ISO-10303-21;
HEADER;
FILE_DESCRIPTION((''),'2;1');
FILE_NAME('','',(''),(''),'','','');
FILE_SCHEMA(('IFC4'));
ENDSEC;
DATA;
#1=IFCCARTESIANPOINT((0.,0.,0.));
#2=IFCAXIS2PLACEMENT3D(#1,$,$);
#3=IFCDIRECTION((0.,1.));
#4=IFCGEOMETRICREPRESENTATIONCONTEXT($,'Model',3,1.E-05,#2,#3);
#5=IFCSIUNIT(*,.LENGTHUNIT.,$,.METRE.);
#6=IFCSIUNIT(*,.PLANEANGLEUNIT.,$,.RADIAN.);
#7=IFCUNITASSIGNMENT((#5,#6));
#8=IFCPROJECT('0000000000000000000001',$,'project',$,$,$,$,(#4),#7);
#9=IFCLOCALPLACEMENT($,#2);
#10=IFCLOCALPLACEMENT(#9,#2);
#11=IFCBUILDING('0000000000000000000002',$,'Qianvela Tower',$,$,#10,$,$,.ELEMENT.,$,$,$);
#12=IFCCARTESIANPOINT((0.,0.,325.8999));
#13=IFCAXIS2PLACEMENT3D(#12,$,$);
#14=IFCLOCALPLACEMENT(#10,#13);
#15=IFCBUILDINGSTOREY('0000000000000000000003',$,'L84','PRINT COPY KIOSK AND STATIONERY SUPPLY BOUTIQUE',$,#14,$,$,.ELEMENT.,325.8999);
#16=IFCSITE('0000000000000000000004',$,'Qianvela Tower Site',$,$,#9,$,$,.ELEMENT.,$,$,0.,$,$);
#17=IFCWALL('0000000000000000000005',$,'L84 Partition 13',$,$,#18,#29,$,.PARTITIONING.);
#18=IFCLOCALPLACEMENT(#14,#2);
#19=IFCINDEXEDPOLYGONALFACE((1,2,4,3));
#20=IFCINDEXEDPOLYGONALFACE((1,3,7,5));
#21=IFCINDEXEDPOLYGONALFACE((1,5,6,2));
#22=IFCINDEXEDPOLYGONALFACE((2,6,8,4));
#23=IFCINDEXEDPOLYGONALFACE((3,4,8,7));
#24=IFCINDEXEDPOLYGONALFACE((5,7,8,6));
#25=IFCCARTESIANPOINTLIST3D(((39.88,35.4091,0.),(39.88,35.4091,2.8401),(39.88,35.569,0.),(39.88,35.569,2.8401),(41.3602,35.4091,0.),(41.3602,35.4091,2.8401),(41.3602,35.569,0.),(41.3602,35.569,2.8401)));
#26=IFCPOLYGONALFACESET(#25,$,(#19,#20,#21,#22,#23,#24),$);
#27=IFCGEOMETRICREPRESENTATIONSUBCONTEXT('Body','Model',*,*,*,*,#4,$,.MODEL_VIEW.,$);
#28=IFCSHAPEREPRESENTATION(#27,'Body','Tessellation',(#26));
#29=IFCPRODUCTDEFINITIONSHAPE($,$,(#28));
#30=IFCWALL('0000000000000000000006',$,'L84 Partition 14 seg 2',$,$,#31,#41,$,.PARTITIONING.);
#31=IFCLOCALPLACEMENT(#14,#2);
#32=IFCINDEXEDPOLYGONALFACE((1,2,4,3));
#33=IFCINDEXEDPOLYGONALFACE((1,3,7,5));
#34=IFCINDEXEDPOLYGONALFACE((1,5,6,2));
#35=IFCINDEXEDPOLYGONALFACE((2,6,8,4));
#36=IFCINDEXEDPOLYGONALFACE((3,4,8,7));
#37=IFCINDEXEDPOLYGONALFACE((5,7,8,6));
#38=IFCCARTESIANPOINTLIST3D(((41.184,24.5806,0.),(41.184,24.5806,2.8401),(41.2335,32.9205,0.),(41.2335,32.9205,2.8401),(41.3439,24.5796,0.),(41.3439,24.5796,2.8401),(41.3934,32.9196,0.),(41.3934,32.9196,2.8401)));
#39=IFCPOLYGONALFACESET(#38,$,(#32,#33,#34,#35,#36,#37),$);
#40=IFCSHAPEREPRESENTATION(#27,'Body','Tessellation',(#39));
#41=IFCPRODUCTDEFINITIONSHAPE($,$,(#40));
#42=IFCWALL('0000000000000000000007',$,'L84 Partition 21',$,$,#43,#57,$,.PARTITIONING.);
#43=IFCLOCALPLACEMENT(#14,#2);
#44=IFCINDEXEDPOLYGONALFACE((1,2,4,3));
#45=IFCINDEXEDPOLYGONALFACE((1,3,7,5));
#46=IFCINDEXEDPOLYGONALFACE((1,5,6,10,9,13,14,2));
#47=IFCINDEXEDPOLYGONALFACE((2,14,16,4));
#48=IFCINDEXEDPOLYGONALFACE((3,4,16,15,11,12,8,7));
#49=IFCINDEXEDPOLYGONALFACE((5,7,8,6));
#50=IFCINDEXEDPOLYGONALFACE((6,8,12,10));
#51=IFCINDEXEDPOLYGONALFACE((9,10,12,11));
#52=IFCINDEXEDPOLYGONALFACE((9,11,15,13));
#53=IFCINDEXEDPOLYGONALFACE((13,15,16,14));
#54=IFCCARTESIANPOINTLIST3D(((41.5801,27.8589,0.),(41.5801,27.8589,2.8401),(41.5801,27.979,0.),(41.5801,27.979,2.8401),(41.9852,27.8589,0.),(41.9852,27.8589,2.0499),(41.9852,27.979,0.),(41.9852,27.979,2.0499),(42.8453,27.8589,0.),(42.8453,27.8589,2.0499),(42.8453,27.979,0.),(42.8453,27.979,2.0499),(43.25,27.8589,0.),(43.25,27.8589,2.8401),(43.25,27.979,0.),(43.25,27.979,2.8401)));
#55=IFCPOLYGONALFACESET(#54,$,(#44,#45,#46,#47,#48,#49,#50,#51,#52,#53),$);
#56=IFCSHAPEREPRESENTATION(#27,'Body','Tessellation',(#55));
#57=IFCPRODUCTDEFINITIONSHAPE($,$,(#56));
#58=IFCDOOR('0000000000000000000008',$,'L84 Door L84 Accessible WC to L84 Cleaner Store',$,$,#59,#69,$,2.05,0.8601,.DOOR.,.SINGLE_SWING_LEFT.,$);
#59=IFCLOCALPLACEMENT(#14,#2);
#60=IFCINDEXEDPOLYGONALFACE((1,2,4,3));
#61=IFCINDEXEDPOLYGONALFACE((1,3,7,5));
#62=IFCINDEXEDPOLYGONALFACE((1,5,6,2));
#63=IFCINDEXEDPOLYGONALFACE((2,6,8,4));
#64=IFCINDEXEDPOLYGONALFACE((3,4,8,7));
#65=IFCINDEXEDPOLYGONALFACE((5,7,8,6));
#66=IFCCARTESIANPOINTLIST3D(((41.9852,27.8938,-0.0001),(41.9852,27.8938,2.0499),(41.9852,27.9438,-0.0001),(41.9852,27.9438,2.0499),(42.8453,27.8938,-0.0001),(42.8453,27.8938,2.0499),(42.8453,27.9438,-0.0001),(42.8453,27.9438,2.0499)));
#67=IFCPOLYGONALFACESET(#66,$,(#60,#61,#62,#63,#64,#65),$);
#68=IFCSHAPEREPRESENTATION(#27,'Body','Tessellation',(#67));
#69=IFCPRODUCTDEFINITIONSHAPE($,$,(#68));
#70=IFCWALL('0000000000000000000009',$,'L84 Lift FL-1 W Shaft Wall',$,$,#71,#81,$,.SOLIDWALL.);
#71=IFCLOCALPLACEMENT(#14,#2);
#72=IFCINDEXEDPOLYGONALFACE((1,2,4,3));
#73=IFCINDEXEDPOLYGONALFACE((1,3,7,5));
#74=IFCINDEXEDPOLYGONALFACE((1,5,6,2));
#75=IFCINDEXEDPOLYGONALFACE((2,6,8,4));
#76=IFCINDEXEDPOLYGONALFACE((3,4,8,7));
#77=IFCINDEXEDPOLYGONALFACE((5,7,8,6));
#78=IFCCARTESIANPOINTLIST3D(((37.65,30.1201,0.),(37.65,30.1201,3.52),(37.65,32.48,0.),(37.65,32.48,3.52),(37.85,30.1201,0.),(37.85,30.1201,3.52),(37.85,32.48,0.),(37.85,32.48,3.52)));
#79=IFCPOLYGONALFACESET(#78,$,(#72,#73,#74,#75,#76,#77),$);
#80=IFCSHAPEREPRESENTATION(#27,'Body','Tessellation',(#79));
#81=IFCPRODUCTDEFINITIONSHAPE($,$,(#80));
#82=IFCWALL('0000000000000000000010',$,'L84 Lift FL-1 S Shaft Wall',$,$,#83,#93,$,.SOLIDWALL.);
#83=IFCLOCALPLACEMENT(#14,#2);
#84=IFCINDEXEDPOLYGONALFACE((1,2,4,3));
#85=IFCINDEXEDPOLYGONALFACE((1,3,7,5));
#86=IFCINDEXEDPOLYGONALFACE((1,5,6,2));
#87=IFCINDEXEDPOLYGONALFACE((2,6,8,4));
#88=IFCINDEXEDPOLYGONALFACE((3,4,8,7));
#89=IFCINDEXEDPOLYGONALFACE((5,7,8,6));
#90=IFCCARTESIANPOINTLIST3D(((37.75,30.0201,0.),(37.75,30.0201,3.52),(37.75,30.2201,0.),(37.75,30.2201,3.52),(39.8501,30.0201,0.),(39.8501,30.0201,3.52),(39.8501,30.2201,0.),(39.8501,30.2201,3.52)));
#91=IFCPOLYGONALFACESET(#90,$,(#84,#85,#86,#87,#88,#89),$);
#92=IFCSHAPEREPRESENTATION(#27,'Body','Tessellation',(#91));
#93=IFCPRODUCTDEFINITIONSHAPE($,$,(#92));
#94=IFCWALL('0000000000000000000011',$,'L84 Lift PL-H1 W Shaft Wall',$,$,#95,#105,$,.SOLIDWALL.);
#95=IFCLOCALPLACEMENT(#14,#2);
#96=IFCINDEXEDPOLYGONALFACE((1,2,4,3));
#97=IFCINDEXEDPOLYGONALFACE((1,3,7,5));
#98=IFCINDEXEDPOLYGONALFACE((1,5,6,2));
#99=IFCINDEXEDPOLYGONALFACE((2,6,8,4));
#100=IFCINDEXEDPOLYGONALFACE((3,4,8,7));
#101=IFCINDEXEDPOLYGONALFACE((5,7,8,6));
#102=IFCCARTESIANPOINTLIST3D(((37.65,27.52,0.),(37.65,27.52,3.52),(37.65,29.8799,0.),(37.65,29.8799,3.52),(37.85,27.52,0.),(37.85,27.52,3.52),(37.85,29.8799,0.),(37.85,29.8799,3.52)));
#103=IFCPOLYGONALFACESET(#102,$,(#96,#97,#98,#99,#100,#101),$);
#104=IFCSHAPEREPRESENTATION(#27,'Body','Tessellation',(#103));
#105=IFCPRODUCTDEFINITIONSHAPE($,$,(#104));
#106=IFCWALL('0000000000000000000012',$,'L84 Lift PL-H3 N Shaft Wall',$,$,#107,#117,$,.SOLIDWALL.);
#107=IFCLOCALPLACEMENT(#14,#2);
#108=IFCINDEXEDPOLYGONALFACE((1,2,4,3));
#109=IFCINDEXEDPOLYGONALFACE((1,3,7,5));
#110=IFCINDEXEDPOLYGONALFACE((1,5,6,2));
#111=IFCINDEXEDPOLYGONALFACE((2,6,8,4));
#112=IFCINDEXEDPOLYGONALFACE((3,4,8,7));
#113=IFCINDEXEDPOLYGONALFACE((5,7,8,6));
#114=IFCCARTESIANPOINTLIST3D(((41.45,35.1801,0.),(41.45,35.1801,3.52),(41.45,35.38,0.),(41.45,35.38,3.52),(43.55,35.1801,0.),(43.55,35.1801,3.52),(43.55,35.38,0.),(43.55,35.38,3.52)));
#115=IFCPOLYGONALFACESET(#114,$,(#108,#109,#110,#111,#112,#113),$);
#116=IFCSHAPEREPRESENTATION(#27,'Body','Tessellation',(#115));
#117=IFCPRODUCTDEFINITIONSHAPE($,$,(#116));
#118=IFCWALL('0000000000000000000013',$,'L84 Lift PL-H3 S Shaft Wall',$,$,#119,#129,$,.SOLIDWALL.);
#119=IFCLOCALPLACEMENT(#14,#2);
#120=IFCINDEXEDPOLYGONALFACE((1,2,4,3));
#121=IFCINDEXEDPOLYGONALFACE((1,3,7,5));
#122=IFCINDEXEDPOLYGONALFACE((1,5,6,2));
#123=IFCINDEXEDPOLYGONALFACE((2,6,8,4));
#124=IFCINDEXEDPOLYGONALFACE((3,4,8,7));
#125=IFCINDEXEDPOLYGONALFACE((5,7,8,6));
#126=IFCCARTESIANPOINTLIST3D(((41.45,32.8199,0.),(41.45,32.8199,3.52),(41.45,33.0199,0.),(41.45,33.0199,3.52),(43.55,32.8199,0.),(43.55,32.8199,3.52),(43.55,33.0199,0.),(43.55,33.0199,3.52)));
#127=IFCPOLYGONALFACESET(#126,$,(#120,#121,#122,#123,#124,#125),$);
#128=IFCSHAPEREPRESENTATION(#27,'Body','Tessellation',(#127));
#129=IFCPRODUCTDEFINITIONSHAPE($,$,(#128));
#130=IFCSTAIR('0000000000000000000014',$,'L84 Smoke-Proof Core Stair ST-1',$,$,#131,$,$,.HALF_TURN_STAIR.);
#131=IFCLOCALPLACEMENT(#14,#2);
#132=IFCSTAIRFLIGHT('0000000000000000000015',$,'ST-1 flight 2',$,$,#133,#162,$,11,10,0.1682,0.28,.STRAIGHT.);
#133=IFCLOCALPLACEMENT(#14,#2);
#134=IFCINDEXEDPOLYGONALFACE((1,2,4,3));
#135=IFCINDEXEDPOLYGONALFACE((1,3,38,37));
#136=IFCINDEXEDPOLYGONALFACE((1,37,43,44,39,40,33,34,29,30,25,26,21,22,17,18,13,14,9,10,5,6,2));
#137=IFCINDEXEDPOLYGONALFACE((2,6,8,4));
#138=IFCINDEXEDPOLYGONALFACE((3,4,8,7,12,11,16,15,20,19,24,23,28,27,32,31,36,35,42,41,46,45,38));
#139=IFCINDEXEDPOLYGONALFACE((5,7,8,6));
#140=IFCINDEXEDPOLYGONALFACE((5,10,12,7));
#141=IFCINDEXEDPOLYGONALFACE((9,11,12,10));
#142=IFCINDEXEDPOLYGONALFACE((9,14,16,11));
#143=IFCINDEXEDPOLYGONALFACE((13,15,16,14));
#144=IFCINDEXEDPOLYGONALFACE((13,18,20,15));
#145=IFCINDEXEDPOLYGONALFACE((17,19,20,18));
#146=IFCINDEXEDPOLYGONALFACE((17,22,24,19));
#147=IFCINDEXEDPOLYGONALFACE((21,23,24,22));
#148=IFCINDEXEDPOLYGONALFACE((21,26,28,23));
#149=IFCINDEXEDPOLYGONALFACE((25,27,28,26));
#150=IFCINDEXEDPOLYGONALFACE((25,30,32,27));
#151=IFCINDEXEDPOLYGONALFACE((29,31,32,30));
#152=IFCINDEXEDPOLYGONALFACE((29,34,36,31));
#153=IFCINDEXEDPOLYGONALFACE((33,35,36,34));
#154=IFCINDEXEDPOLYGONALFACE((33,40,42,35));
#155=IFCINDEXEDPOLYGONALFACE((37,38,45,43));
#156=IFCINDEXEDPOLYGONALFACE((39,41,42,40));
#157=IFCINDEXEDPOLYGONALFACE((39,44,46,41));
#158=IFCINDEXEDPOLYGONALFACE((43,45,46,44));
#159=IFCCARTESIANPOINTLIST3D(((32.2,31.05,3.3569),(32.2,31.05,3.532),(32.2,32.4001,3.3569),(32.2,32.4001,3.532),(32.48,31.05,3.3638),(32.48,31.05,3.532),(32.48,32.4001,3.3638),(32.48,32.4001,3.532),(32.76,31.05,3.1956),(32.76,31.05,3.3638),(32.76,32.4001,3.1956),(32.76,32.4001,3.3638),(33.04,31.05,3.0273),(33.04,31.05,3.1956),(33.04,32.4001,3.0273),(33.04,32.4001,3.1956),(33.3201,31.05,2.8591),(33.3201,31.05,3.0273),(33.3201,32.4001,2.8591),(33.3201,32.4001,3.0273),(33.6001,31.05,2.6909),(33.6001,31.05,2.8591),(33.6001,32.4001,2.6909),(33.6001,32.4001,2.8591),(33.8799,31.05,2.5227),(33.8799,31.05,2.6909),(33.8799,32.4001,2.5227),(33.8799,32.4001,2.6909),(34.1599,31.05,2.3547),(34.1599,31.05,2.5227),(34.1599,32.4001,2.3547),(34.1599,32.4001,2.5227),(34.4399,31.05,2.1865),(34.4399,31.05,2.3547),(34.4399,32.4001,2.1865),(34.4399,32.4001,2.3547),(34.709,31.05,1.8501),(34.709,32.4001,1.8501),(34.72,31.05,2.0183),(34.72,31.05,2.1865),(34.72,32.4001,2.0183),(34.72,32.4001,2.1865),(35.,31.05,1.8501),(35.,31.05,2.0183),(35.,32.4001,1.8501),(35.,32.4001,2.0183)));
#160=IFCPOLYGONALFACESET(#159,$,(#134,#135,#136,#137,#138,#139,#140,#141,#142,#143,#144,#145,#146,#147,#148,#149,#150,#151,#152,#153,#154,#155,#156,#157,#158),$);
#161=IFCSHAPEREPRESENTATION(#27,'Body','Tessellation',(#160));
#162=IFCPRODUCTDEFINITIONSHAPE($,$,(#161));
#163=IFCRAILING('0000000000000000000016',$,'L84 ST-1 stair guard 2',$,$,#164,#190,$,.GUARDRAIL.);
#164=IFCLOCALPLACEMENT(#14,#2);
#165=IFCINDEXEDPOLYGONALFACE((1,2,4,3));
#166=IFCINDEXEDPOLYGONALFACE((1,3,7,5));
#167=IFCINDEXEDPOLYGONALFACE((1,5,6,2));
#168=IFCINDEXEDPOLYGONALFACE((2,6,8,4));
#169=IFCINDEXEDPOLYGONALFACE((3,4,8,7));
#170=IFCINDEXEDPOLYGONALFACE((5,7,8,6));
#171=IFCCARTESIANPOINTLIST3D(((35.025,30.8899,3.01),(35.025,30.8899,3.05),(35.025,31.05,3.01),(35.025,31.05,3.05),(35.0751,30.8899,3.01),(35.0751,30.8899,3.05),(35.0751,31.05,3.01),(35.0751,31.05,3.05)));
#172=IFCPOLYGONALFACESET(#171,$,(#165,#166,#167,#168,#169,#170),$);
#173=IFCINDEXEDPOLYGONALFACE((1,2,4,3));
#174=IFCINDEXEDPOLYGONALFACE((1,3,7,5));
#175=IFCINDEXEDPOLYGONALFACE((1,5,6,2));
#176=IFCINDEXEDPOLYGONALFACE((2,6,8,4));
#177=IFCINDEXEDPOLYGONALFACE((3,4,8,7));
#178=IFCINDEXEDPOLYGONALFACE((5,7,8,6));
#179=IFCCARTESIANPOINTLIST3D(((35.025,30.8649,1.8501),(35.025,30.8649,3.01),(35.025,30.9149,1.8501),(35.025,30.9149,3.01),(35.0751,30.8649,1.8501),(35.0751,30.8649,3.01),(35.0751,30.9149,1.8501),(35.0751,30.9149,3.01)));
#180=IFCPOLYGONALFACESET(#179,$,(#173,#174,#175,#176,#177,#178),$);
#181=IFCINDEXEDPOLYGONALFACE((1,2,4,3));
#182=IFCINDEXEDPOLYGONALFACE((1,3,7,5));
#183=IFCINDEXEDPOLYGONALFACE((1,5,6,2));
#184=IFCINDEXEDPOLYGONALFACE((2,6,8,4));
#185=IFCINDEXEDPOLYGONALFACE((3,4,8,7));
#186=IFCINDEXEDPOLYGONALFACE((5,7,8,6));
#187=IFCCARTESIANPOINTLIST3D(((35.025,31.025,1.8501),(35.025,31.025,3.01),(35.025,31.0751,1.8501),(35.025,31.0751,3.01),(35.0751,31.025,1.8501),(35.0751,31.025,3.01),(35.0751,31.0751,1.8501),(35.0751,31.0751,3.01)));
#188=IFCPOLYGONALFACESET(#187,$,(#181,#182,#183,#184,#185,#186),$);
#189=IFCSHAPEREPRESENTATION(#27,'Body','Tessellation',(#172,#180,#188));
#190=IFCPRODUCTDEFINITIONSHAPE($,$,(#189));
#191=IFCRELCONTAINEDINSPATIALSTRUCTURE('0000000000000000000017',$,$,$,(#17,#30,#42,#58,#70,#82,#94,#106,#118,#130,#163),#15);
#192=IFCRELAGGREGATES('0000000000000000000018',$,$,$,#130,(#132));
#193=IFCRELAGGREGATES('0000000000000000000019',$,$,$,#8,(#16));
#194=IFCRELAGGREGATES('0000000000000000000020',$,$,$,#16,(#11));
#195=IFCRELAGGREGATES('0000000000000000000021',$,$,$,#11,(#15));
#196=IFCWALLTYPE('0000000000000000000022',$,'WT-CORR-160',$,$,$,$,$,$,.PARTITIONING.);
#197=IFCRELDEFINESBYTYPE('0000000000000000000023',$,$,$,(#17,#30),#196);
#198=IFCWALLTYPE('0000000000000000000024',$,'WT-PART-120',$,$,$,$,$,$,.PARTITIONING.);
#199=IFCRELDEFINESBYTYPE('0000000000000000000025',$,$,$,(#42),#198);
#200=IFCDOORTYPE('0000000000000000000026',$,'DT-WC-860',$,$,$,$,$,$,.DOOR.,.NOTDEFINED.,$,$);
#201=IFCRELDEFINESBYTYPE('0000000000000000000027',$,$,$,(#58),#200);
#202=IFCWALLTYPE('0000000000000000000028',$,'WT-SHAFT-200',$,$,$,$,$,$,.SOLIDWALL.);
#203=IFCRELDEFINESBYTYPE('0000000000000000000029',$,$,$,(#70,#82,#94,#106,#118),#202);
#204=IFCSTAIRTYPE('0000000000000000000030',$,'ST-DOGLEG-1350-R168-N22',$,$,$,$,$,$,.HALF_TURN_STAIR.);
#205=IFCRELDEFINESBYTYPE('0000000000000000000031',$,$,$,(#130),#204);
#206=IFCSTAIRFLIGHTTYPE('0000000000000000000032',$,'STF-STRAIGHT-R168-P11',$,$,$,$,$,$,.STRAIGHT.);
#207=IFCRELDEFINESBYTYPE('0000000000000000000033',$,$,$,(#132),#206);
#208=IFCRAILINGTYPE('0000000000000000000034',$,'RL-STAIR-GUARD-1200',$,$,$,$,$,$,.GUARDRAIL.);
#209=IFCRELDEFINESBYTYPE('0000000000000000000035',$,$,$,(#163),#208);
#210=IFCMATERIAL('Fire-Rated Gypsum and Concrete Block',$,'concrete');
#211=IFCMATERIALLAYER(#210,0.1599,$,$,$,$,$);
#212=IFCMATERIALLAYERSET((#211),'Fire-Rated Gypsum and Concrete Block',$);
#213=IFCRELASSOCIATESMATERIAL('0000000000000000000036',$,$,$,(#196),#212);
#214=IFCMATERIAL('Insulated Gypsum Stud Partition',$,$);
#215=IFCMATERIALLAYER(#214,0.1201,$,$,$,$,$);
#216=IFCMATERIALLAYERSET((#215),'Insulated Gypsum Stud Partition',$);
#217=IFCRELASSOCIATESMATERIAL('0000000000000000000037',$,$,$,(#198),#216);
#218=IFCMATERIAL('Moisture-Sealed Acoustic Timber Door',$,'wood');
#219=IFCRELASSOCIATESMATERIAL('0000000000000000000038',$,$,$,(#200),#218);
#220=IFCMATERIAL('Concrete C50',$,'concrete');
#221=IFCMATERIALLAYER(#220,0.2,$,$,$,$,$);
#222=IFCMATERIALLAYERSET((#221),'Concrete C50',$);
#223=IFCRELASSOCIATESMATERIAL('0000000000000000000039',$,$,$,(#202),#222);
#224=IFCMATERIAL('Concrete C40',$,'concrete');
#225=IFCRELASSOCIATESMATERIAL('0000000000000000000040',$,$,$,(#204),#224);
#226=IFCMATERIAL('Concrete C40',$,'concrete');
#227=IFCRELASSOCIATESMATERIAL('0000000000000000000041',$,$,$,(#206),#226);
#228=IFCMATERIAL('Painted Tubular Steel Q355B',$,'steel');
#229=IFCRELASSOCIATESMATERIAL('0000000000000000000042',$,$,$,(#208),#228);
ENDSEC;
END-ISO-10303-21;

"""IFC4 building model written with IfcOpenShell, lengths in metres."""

from ifc_helpers import new_model, si_unit, direction, frame, frame_2d, origin, origin_2d, place, context, subcontext, project, spatial, polyline, rectangle, outline, extrude, material, layer, layer_set, type_object, element, fill, aggregate, save


model = new_model("IFC4")

# Units and contexts
model_context = context("Model", 3, precision=1e-05, world=origin(), true_north=direction((0.0, 1.0)))
body_context = subcontext(model_context, "Body", "Model", "MODEL_VIEW")
ifc_project = project(units=[si_unit("LENGTHUNIT", "METRE"), si_unit("PLANEANGLEUNIT", "RADIAN")], contexts=[model_context])

# Site, building, storey
site_placement = place(None, origin())
site = spatial("IfcSite", under=ifc_project, at=site_placement, Name="Qianvela Tower Site", CompositionType="ELEMENT", RefElevation=0.0)
building_placement = place(site_placement, origin())
building = spatial("IfcBuilding", under=site, at=building_placement, Name="Qianvela Tower", CompositionType="ELEMENT")
storey_placement = place(building_placement, frame((0.0, 0.0, 325.8999)))
storey = spatial("IfcBuildingStorey", under=building, at=storey_placement, Name="L84", Description="PRINT COPY KIOSK AND STATIONERY SUPPLY BOUTIQUE", CompositionType="ELEMENT", Elevation=325.8999)

# Walls
ifc_material_1 = material(Name="Fire-Rated Gypsum and Concrete Block", Category="concrete")
ifc_layer_1 = layer(ifc_material_1, 0.1599)
ifc_layer_set_1 = layer_set([ifc_layer_1], Name="Fire-Rated Gypsum and Concrete Block")
wall_type_1 = type_object("IfcWallType", Name="WT-CORR-160", PredefinedType="PARTITIONING", material=ifc_layer_set_1)
wall_1_placement = place(storey_placement, frame((39.8799, 35.489, 0.0), z_axis=(0.0, 0.0, 1.0), x_axis=(1.0, 0.0, 0.0)))
element("IfcWall", 1, at=wall_1_placement, inside=storey, type_object=wall_type_1, Name="L84 Partition 13", PredefinedType="PARTITIONING", context=body_context, shape_type="SweptSolid", body=[
    extrude(rectangle(XDim=1.4802, YDim=0.1599, at=frame_2d((0.7402, 0.0))), origin(), (0.0, 0.0, 1.0), 2.8401),
])
wall_2_placement = place(storey_placement, frame((41.3135, 32.9199, 0.0), z_axis=(0.0, 0.0, 1.0), x_axis=(-0.005943, -0.999982, 0.0)))
element("IfcWall", 2, at=wall_2_placement, inside=storey, type_object=wall_type_1, Name="L84 Partition 14 seg 2", PredefinedType="PARTITIONING", context=body_context, shape_type="SweptSolid", body=[
    extrude(rectangle(XDim=8.3401, YDim=0.1599, at=frame_2d((4.1699, 0.0))), origin(), (0.0, 0.0, 1.0), 2.8401),
])

# Wall, opening, door
ifc_material_2 = material(Name="Insulated Gypsum Stud Partition")
ifc_layer_2 = layer(ifc_material_2, 0.1201)
ifc_layer_set_2 = layer_set([ifc_layer_2], Name="Insulated Gypsum Stud Partition")
wall_type_2 = type_object("IfcWallType", Name="WT-PART-120", PredefinedType="PARTITIONING", material=ifc_layer_set_2)
wall_3_placement = place(storey_placement, frame((41.5801, 27.9189, 0.0), z_axis=(0.0, 0.0, 1.0), x_axis=(1.0, 0.0, 0.0)))
wall_3 = element("IfcWall", 3, at=wall_3_placement, inside=storey, type_object=wall_type_2, Name="L84 Partition 21", PredefinedType="PARTITIONING", context=body_context, shape_type="SweptSolid", body=[
    extrude(rectangle(XDim=1.6699, YDim=0.1201, at=frame_2d((0.835, 0.0))), origin(), (0.0, 0.0, 1.0), 2.8401),
])
opening_1_placement = place(wall_3_placement, frame((0.405, 0.0, 0.0)))
opening_1 = element("IfcOpeningElement", 4, at=opening_1_placement, cuts=wall_3, PredefinedType="OPENING", context=body_context, shape_type="SweptSolid", body=[
    extrude(rectangle(XDim=0.8601, YDim=2.05, at=frame_2d((0.4302, 1.0249))), frame((0.0, 0.0701, 0.0), z_axis=(0.0, -1.0, 0.0), x_axis=(1.0, 0.0, 0.0)), (0.0, 0.0, 1.0), 0.1401),
])
ifc_material_3 = material(Name="Moisture-Sealed Acoustic Timber Door", Category="wood")
door_type_1 = type_object("IfcDoorType", Name="DT-WC-860", OperationType="NOTDEFINED", PredefinedType="DOOR", material=ifc_material_3)
door_1_placement = place(opening_1_placement, origin())
door_1 = element("IfcDoor", 5, at=door_1_placement, inside=storey, type_object=door_type_1, Name="L84 Door L84 Accessible WC to L84 Cleaner Store", OperationType="SINGLE_SWING_LEFT", OverallHeight=2.05, OverallWidth=0.8601, PredefinedType="DOOR", context=body_context, shape_type="SweptSolid", body=[
    extrude(rectangle(XDim=0.8601, YDim=2.05, at=frame_2d((0.4302, 1.0249))), frame((0.0, 0.0249, 0.0), z_axis=(0.0, -1.0, 0.0), x_axis=(1.0, 0.0, 0.0)), (0.0, 0.0, 1.0), 0.05),
])
fill(opening_1, door_1)
ifc_material_4 = material(Name="Concrete C50", Category="concrete")
ifc_layer_3 = layer(ifc_material_4, 0.2)
ifc_layer_set_3 = layer_set([ifc_layer_3], Name="Concrete C50")
wall_type_3 = type_object("IfcWallType", Name="WT-SHAFT-200", PredefinedType="SOLIDWALL", material=ifc_layer_set_3)

# Walls
wall_4_placement = place(storey_placement, frame((37.75, 30.1201, 0.0), z_axis=(0.0, 0.0, 1.0), x_axis=(0.0, 1.0, 0.0)))
element("IfcWall", 6, at=wall_4_placement, inside=storey, type_object=wall_type_3, Name="L84 Lift FL-1 W Shaft Wall", PredefinedType="SOLIDWALL", context=body_context, shape_type="SweptSolid", body=[
    extrude(rectangle(XDim=2.3599, YDim=0.2, at=frame_2d((1.1799, 0.0))), origin(), (0.0, 0.0, 1.0), 3.52),
])
wall_5_placement = place(storey_placement, frame((37.75, 30.1201, 0.0), z_axis=(0.0, 0.0, 1.0), x_axis=(1.0, 0.0, 0.0)))
element("IfcWall", 7, at=wall_5_placement, inside=storey, type_object=wall_type_3, Name="L84 Lift FL-1 S Shaft Wall", PredefinedType="SOLIDWALL", context=body_context, shape_type="SweptSolid", body=[
    extrude(rectangle(XDim=2.1001, YDim=0.2, at=frame_2d((1.05, 0.0))), origin(), (0.0, 0.0, 1.0), 3.52),
])

# Wall
wall_6_placement = place(storey_placement, frame((37.75, 27.52, 0.0), z_axis=(0.0, 0.0, 1.0), x_axis=(0.0, 1.0, 0.0)))
element("IfcWall", 8, at=wall_6_placement, inside=storey, type_object=wall_type_3, Name="L84 Lift PL-H1 W Shaft Wall", PredefinedType="SOLIDWALL", context=body_context, shape_type="SweptSolid", body=[
    extrude(rectangle(XDim=2.3599, YDim=0.2, at=frame_2d((1.1799, 0.0))), origin(), (0.0, 0.0, 1.0), 3.52),
])

# Walls
for number, where, z_axis, x_axis, name in (
    (9, (41.45, 35.28, 0.0), (0.0, 0.0, 1.0), (1.0, 0.0, 0.0), "L84 Lift PL-H3 N Shaft Wall"),
    (10, (41.45, 32.9199, 0.0), (0.0, 0.0, 1.0), (1.0, 0.0, 0.0), "L84 Lift PL-H3 S Shaft Wall"),
):
    element("IfcWall", number, at=place(storey_placement, frame(where, z_axis=z_axis, x_axis=x_axis)), inside=storey, type_object=wall_type_3, Name=name, PredefinedType="SOLIDWALL", context=body_context, shape_type="SweptSolid", body=[
        extrude(rectangle(XDim=2.1001, YDim=0.2, at=frame_2d((1.05, 0.0))), origin(), (0.0, 0.0, 1.0), 3.52),
    ])

# Stair, stair flight
ifc_material_5 = material(Name="Concrete C40", Category="concrete")
stair_type = type_object("IfcStairType", Name="ST-DOGLEG-1350-R168-N22", PredefinedType="HALF_TURN_STAIR", material=ifc_material_5)
stair_placement = place(storey_placement, origin())
stair = element("IfcStair", 11, at=stair_placement, inside=storey, type_object=stair_type, Name="L84 Smoke-Proof Core Stair ST-1", PredefinedType="HALF_TURN_STAIR")
ifc_material_6 = material(Name="Concrete C40", Category="concrete")
stair_flight_type = type_object("IfcStairFlightType", Name="STF-STRAIGHT-R168-P11", PredefinedType="STRAIGHT", material=ifc_material_6)
stair_flight_placement = place(storey_placement, frame((35.0, 31.7251, 1.8501), z_axis=(0.0, 0.0, 1.0), x_axis=(-1.0, 0.0, 0.0)))
stair_flight = element("IfcStairFlight", 12, at=stair_flight_placement, type_object=stair_flight_type, Name="ST-1 flight 2", NumberOfRisers=11, NumberOfTreads=10, PredefinedType="STRAIGHT", RiserHeight=0.1682, TreadLength=0.28, context=body_context, shape_type="SweptSolid", body=[
    extrude(outline(polyline([(0.0, 0.0), (0.0, 0.1682), (0.28, 0.1682), (0.28, 0.3364), (0.5601, 0.3364), (0.5601, 0.5046), (0.8401, 0.5046), (0.8401, 0.6726), (1.1201, 0.6726), (1.1201, 0.8408), (1.3999, 0.8408), (1.3999, 1.009), (1.6799, 1.009), (1.6799, 1.1772), (1.96, 1.1772), (1.96, 1.3455), (2.24, 1.3455), (2.24, 1.5137), (2.52, 1.5137), (2.52, 1.6819), (2.8, 1.6819), (2.8, 1.8501), (2.8, 1.5068), (0.291, 0.0), (0.0, 0.0)])), frame((0.0, 0.675, 0.0), z_axis=(0.0, -1.0, 0.0), x_axis=(1.0, 0.0, 0.0)), (0.0, 0.0, 1.0), 1.3501),
])
aggregate(stair, [stair_flight])

# Railing
ifc_material_7 = material(Name="Painted Tubular Steel Q355B", Category="steel")
railing_type_1 = type_object("IfcRailingType", Name="RL-STAIR-GUARD-1200", PredefinedType="GUARDRAIL", material=ifc_material_7)
railing_1_placement = place(storey_placement, frame((35.05, 30.8899, 1.8501)))
element("IfcRailing", 13, at=railing_1_placement, inside=storey, type_object=railing_type_1, Name="L84 ST-1 stair guard 2", PredefinedType="GUARDRAIL", context=body_context, shape_type="SweptSolid", body=[
    extrude(rectangle(XDim=0.05, YDim=0.04, at=origin_2d()), frame((0.0, 0.0, 1.1799), z_axis=(0.0, 1.0, 0.0), x_axis=(-1.0, 0.0, 0.0)), (0.0, 0.0, 1.0), 0.1602),
    extrude(rectangle(XDim=0.05, YDim=0.05, at=origin_2d()), origin(), (0.0, 0.0, 1.0), 1.1599),
    extrude(rectangle(XDim=0.05, YDim=0.05, at=origin_2d()), frame((0.0, 0.1602, 0.0)), (0.0, 0.0, 1.0), 1.1599),
])

save(model, "model.ifc")
